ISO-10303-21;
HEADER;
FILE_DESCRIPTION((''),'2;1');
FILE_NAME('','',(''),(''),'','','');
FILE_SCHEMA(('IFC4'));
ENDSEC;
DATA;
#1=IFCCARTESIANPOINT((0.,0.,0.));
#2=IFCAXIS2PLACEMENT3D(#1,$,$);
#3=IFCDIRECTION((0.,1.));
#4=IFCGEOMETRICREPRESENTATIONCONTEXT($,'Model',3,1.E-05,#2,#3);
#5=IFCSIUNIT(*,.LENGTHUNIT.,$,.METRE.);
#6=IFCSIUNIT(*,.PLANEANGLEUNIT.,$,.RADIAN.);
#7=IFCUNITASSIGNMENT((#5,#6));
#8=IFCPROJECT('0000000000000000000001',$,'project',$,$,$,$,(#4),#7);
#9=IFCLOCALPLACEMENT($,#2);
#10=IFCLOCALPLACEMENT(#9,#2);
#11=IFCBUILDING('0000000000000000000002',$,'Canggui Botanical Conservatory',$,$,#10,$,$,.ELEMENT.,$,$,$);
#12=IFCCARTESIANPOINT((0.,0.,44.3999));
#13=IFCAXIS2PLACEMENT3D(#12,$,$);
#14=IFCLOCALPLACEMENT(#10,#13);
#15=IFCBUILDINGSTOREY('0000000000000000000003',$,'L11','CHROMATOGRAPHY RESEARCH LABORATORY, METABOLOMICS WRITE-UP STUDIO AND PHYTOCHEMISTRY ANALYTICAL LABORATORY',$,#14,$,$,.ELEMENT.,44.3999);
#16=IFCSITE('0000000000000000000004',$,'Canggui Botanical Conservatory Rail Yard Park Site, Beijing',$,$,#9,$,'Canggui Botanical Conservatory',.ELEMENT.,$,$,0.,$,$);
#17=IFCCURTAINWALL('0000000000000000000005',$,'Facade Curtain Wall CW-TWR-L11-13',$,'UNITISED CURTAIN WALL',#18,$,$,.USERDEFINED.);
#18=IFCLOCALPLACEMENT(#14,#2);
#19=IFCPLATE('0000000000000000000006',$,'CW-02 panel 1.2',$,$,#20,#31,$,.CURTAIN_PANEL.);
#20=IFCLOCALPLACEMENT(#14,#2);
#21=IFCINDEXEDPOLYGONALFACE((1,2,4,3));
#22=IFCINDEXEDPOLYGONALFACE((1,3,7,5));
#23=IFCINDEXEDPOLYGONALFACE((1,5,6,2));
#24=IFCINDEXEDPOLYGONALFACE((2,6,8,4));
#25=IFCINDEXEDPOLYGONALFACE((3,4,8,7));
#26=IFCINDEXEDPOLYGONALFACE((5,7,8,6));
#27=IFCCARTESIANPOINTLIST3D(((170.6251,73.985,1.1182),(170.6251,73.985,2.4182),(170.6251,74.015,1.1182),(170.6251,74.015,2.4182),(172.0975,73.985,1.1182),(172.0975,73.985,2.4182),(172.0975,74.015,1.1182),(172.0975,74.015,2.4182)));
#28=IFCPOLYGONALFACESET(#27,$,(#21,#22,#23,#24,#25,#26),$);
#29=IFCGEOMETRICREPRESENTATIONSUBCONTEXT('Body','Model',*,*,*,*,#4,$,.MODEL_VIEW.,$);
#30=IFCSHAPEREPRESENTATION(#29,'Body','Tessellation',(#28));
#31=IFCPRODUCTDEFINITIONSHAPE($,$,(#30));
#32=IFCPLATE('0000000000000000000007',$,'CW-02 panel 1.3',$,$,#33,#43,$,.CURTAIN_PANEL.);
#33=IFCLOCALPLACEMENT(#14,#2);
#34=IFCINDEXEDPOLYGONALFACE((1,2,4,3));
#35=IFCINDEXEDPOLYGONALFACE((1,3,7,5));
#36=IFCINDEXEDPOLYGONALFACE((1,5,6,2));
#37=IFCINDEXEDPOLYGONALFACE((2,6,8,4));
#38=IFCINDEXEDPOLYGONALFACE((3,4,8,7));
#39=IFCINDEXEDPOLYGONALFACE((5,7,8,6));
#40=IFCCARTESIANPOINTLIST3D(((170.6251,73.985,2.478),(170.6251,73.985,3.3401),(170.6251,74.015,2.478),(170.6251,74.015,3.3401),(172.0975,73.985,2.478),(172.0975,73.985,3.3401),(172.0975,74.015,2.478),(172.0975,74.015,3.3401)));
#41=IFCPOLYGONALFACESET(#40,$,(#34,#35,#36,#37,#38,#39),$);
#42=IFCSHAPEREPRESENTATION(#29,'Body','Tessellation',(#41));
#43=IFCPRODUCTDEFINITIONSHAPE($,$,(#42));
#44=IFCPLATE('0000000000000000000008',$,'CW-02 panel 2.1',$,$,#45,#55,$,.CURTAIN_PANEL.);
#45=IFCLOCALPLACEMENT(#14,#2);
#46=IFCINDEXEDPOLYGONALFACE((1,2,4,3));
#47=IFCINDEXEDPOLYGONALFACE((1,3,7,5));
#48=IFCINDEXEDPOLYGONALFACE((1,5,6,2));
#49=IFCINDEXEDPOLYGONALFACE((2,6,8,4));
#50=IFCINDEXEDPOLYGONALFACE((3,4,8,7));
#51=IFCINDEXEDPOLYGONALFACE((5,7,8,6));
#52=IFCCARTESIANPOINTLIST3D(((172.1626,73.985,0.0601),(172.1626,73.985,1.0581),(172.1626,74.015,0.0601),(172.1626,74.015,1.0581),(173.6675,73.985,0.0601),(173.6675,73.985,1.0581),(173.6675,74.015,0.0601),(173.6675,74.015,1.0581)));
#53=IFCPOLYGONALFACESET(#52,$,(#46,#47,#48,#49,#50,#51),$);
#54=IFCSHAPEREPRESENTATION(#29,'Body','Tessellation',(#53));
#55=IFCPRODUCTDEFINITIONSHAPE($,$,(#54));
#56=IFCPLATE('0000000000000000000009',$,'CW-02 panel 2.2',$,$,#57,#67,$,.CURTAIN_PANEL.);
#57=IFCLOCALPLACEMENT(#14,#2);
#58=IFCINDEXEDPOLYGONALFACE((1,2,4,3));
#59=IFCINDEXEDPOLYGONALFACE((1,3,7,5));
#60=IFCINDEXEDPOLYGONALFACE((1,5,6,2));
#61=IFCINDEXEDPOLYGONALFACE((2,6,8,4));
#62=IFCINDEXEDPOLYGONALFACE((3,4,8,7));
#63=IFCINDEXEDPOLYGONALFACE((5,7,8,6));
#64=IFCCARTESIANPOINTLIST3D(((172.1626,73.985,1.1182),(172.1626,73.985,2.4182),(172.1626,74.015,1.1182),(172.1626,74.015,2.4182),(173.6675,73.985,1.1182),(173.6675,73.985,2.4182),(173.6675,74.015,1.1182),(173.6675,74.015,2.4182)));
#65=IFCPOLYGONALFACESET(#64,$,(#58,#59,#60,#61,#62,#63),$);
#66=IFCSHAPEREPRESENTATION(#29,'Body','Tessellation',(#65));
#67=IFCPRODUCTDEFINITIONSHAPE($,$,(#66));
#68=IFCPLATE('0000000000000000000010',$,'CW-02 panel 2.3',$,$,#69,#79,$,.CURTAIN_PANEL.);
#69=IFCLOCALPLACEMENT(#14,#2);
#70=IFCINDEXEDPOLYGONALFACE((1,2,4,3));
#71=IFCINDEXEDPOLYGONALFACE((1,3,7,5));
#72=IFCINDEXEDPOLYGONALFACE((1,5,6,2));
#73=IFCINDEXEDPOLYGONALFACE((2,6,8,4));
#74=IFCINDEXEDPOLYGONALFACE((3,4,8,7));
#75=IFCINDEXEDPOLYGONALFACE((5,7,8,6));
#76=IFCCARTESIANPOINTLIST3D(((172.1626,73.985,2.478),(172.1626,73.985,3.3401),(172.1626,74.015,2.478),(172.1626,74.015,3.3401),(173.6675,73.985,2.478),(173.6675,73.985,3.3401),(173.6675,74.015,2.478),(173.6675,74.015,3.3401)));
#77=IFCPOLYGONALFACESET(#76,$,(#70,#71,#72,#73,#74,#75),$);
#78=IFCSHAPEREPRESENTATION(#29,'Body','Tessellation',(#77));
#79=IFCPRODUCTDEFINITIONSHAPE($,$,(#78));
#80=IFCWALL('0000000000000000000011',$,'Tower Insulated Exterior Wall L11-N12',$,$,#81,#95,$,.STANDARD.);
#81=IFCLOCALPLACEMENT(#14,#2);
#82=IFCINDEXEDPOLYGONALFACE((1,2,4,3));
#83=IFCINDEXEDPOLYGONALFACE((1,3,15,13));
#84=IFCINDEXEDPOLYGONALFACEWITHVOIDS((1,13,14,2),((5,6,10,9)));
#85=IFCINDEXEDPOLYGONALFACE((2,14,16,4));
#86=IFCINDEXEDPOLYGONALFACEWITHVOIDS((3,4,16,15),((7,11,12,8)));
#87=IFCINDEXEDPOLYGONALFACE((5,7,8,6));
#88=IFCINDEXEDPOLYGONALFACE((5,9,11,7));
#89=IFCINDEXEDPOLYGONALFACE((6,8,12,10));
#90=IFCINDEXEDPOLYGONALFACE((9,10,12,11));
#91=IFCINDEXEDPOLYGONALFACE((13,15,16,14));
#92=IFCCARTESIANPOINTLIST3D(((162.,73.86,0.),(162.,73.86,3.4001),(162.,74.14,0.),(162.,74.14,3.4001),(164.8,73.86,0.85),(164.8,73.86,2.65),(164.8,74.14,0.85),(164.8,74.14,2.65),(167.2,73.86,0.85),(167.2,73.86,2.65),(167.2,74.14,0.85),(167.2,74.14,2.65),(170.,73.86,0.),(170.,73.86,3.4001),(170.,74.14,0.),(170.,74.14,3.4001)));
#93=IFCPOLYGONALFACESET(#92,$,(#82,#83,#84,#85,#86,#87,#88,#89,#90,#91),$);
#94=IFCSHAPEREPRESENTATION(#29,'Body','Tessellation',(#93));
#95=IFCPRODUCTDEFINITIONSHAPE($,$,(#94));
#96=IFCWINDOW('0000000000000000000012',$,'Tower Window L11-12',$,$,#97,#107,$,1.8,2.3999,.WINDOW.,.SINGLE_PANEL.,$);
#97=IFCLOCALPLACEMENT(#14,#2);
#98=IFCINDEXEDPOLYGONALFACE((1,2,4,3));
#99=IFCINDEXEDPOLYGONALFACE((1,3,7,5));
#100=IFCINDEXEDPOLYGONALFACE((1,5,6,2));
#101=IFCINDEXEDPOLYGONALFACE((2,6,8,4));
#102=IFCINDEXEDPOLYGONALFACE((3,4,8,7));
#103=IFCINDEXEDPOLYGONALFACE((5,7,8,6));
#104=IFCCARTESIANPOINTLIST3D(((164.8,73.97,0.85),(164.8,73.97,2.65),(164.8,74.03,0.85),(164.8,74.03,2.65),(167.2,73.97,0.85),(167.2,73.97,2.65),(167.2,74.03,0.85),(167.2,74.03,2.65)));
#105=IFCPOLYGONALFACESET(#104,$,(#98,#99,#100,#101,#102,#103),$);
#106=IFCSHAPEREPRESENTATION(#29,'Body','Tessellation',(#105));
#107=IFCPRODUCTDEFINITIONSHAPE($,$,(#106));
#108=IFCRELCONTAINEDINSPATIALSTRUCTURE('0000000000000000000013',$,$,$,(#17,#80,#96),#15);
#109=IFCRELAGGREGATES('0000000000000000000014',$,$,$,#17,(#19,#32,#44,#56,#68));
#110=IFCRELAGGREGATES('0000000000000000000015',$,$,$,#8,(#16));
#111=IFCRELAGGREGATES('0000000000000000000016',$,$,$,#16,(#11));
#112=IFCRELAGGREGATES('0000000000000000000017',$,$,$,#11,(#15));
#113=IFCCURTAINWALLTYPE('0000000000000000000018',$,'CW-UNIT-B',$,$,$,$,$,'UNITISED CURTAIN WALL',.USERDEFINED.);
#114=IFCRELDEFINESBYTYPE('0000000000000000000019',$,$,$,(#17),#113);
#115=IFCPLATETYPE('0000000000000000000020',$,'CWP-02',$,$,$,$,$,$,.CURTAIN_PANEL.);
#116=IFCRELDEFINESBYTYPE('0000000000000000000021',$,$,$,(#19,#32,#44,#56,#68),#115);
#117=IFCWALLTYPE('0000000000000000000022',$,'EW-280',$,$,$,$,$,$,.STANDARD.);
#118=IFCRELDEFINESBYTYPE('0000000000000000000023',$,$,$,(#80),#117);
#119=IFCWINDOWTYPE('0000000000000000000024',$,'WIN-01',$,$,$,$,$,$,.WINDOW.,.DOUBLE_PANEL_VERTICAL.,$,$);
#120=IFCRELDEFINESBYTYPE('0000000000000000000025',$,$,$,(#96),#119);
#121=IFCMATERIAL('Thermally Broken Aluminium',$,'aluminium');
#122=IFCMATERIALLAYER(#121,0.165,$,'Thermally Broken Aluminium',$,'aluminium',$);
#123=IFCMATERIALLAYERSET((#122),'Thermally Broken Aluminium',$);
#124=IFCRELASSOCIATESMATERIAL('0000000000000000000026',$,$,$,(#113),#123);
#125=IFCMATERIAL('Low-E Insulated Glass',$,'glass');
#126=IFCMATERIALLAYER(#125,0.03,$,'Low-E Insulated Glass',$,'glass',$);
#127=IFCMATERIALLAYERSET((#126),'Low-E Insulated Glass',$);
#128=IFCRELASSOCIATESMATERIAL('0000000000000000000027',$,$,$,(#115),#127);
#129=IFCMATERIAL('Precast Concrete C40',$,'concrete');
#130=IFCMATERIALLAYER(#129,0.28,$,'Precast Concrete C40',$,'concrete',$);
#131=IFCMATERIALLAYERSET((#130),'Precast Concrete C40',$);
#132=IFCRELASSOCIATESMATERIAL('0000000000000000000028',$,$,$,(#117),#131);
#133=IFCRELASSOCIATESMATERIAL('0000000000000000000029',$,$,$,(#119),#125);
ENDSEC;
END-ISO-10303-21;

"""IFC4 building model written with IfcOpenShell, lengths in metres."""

from ifc_helpers import new_model, si_unit, direction, frame, frame_2d, origin, origin_2d, place, context, subcontext, project, spatial, rectangle, extrude, material, layer, layer_set, type_object, element, fill, aggregate, save


model = new_model("IFC4")

# Units and contexts
model_context = context("Model", 3, precision=1e-05, world=origin(), true_north=direction((0.0, 1.0)))
body_context = subcontext(model_context, "Body", "Model", "MODEL_VIEW")
ifc_project = project(units=[si_unit("LENGTHUNIT", "METRE"), si_unit("PLANEANGLEUNIT", "RADIAN")], contexts=[model_context])

# Site, building, storey
site_placement = place(None, origin())
site = spatial("IfcSite", under=ifc_project, at=site_placement, Name="Canggui Botanical Conservatory Rail Yard Park Site, Beijing", LongName="Canggui Botanical Conservatory", CompositionType="ELEMENT", RefElevation=0.0)
building_placement = place(site_placement, origin())
building = spatial("IfcBuilding", under=site, at=building_placement, Name="Canggui Botanical Conservatory", CompositionType="ELEMENT")
storey_placement = place(building_placement, frame((0.0, 0.0, 44.3999)))
storey = spatial("IfcBuildingStorey", under=building, at=storey_placement, Name="L11", Description="CHROMATOGRAPHY RESEARCH LABORATORY, METABOLOMICS WRITE-UP STUDIO AND PHYTOCHEMISTRY ANALYTICAL LABORATORY", CompositionType="ELEMENT", Elevation=44.3999)

# Curtain wall
ifc_material_1 = material(Name="Thermally Broken Aluminium", Category="aluminium")
ifc_layer_1 = layer(ifc_material_1, 0.165, Name="Thermally Broken Aluminium", Category="aluminium")
ifc_layer_set_1 = layer_set([ifc_layer_1], Name="Thermally Broken Aluminium")
curtain_wall_type = type_object("IfcCurtainWallType", Name="CW-UNIT-B", ElementType="UNITISED CURTAIN WALL", PredefinedType="USERDEFINED", material=ifc_layer_set_1)
curtain_wall_1_placement = place(storey_placement, origin())
curtain_wall_1 = element("IfcCurtainWall", 1, at=curtain_wall_1_placement, inside=storey, type_object=curtain_wall_type, Name="Facade Curtain Wall CW-TWR-L11-13", ObjectType="UNITISED CURTAIN WALL", PredefinedType="USERDEFINED")

# Plates
ifc_material_2 = material(Name="Low-E Insulated Glass", Category="glass")
ifc_layer_2 = layer(ifc_material_2, 0.03, Name="Low-E Insulated Glass", Category="glass")
ifc_layer_set_2 = layer_set([ifc_layer_2], Name="Low-E Insulated Glass")
plate_type = type_object("IfcPlateType", Name="CWP-02", PredefinedType="CURTAIN_PANEL", material=ifc_layer_set_2)
plate_1_placement = place(storey_placement, frame((171.3613, 74.0, 1.1182), z_axis=(0.0, 0.0, 1.0), x_axis=(1.0, 0.0, 0.0)))
plate_1 = element("IfcPlate", 2, at=plate_1_placement, type_object=plate_type, Name="CW-02 panel 1.2", PredefinedType="CURTAIN_PANEL", context=body_context, shape_type="SweptSolid", body=[
    extrude(rectangle(XDim=1.4724, YDim=0.03, at=origin_2d()), origin(), (0.0, 0.0, 1.0), 1.3),
])
plate_2_placement = place(storey_placement, frame((171.3613, 74.0, 2.478), z_axis=(0.0, 0.0, 1.0), x_axis=(1.0, 0.0, 0.0)))
plate_2 = element("IfcPlate", 3, at=plate_2_placement, type_object=plate_type, Name="CW-02 panel 1.3", PredefinedType="CURTAIN_PANEL", context=body_context, shape_type="SweptSolid", body=[
    extrude(rectangle(XDim=1.4724, YDim=0.03, at=origin_2d()), origin(), (0.0, 0.0, 1.0), 0.8621),
])
plate_3_placement = place(storey_placement, frame((172.915, 74.0, 0.0601), z_axis=(0.0, 0.0, 1.0), x_axis=(1.0, 0.0, 0.0)))
plate_3 = element("IfcPlate", 4, at=plate_3_placement, type_object=plate_type, Name="CW-02 panel 2.1", PredefinedType="CURTAIN_PANEL", context=body_context, shape_type="SweptSolid", body=[
    extrude(rectangle(XDim=1.5049, YDim=0.03, at=origin_2d()), origin(), (0.0, 0.0, 1.0), 0.998),
])
plate_4_placement = place(storey_placement, frame((172.915, 74.0, 1.1182), z_axis=(0.0, 0.0, 1.0), x_axis=(1.0, 0.0, 0.0)))
plate_4 = element("IfcPlate", 5, at=plate_4_placement, type_object=plate_type, Name="CW-02 panel 2.2", PredefinedType="CURTAIN_PANEL", context=body_context, shape_type="SweptSolid", body=[
    extrude(rectangle(XDim=1.5049, YDim=0.03, at=origin_2d()), origin(), (0.0, 0.0, 1.0), 1.3),
])
plate_5_placement = place(storey_placement, frame((172.915, 74.0, 2.478), z_axis=(0.0, 0.0, 1.0), x_axis=(1.0, 0.0, 0.0)))
plate_5 = element("IfcPlate", 6, at=plate_5_placement, type_object=plate_type, Name="CW-02 panel 2.3", PredefinedType="CURTAIN_PANEL", context=body_context, shape_type="SweptSolid", body=[
    extrude(rectangle(XDim=1.5049, YDim=0.03, at=origin_2d()), origin(), (0.0, 0.0, 1.0), 0.8621),
])
aggregate(curtain_wall_1, [plate_1, plate_2, plate_3, plate_4, plate_5])

# Wall, opening, window
ifc_material_3 = material(Name="Precast Concrete C40", Category="concrete")
ifc_layer_3 = layer(ifc_material_3, 0.28, Name="Precast Concrete C40", Category="concrete")
ifc_layer_set_3 = layer_set([ifc_layer_3], Name="Precast Concrete C40")
wall_type = type_object("IfcWallType", Name="EW-280", PredefinedType="STANDARD", material=ifc_layer_set_3)
wall_placement = place(storey_placement, frame((162.0, 74.0, 0.0), z_axis=(0.0, 0.0, 1.0), x_axis=(1.0, 0.0, 0.0)))
wall = element("IfcWall", 7, at=wall_placement, inside=storey, type_object=wall_type, Name="Tower Insulated Exterior Wall L11-N12", PredefinedType="STANDARD", context=body_context, shape_type="SweptSolid", body=[
    extrude(rectangle(XDim=8.0, YDim=0.28, at=frame_2d((4.0, 0.0))), origin(), (0.0, 0.0, 1.0), 3.4001),
])
opening_placement = place(wall_placement, frame((2.8, 0.0, 0.8501)))
opening = element("IfcOpeningElement", 8, at=opening_placement, cuts=wall, PredefinedType="OPENING", context=body_context, shape_type="SweptSolid", body=[
    extrude(rectangle(XDim=2.3999, YDim=1.8, at=frame_2d((1.2, 0.8999))), frame((0.0, 0.1499, 0.0), z_axis=(0.0, -1.0, 0.0), x_axis=(1.0, 0.0, 0.0)), (0.0, 0.0, 1.0), 0.3),
])
window_type = type_object("IfcWindowType", Name="WIN-01", PartitioningType="DOUBLE_PANEL_VERTICAL", PredefinedType="WINDOW", material=ifc_material_2)
window_placement = place(opening_placement, origin())
window = element("IfcWindow", 9, at=window_placement, inside=storey, type_object=window_type, Name="Tower Window L11-12", OverallHeight=1.8, OverallWidth=2.3999, PartitioningType="SINGLE_PANEL", PredefinedType="WINDOW", context=body_context, shape_type="SweptSolid", body=[
    extrude(rectangle(XDim=2.3999, YDim=1.8, at=frame_2d((1.2, 0.8999))), frame((0.0, 0.03, 0.0), z_axis=(0.0, -1.0, 0.0), x_axis=(1.0, 0.0, 0.0)), (0.0, 0.0, 1.0), 0.0601),
])
fill(opening, window)

save(model, "model.ifc")
